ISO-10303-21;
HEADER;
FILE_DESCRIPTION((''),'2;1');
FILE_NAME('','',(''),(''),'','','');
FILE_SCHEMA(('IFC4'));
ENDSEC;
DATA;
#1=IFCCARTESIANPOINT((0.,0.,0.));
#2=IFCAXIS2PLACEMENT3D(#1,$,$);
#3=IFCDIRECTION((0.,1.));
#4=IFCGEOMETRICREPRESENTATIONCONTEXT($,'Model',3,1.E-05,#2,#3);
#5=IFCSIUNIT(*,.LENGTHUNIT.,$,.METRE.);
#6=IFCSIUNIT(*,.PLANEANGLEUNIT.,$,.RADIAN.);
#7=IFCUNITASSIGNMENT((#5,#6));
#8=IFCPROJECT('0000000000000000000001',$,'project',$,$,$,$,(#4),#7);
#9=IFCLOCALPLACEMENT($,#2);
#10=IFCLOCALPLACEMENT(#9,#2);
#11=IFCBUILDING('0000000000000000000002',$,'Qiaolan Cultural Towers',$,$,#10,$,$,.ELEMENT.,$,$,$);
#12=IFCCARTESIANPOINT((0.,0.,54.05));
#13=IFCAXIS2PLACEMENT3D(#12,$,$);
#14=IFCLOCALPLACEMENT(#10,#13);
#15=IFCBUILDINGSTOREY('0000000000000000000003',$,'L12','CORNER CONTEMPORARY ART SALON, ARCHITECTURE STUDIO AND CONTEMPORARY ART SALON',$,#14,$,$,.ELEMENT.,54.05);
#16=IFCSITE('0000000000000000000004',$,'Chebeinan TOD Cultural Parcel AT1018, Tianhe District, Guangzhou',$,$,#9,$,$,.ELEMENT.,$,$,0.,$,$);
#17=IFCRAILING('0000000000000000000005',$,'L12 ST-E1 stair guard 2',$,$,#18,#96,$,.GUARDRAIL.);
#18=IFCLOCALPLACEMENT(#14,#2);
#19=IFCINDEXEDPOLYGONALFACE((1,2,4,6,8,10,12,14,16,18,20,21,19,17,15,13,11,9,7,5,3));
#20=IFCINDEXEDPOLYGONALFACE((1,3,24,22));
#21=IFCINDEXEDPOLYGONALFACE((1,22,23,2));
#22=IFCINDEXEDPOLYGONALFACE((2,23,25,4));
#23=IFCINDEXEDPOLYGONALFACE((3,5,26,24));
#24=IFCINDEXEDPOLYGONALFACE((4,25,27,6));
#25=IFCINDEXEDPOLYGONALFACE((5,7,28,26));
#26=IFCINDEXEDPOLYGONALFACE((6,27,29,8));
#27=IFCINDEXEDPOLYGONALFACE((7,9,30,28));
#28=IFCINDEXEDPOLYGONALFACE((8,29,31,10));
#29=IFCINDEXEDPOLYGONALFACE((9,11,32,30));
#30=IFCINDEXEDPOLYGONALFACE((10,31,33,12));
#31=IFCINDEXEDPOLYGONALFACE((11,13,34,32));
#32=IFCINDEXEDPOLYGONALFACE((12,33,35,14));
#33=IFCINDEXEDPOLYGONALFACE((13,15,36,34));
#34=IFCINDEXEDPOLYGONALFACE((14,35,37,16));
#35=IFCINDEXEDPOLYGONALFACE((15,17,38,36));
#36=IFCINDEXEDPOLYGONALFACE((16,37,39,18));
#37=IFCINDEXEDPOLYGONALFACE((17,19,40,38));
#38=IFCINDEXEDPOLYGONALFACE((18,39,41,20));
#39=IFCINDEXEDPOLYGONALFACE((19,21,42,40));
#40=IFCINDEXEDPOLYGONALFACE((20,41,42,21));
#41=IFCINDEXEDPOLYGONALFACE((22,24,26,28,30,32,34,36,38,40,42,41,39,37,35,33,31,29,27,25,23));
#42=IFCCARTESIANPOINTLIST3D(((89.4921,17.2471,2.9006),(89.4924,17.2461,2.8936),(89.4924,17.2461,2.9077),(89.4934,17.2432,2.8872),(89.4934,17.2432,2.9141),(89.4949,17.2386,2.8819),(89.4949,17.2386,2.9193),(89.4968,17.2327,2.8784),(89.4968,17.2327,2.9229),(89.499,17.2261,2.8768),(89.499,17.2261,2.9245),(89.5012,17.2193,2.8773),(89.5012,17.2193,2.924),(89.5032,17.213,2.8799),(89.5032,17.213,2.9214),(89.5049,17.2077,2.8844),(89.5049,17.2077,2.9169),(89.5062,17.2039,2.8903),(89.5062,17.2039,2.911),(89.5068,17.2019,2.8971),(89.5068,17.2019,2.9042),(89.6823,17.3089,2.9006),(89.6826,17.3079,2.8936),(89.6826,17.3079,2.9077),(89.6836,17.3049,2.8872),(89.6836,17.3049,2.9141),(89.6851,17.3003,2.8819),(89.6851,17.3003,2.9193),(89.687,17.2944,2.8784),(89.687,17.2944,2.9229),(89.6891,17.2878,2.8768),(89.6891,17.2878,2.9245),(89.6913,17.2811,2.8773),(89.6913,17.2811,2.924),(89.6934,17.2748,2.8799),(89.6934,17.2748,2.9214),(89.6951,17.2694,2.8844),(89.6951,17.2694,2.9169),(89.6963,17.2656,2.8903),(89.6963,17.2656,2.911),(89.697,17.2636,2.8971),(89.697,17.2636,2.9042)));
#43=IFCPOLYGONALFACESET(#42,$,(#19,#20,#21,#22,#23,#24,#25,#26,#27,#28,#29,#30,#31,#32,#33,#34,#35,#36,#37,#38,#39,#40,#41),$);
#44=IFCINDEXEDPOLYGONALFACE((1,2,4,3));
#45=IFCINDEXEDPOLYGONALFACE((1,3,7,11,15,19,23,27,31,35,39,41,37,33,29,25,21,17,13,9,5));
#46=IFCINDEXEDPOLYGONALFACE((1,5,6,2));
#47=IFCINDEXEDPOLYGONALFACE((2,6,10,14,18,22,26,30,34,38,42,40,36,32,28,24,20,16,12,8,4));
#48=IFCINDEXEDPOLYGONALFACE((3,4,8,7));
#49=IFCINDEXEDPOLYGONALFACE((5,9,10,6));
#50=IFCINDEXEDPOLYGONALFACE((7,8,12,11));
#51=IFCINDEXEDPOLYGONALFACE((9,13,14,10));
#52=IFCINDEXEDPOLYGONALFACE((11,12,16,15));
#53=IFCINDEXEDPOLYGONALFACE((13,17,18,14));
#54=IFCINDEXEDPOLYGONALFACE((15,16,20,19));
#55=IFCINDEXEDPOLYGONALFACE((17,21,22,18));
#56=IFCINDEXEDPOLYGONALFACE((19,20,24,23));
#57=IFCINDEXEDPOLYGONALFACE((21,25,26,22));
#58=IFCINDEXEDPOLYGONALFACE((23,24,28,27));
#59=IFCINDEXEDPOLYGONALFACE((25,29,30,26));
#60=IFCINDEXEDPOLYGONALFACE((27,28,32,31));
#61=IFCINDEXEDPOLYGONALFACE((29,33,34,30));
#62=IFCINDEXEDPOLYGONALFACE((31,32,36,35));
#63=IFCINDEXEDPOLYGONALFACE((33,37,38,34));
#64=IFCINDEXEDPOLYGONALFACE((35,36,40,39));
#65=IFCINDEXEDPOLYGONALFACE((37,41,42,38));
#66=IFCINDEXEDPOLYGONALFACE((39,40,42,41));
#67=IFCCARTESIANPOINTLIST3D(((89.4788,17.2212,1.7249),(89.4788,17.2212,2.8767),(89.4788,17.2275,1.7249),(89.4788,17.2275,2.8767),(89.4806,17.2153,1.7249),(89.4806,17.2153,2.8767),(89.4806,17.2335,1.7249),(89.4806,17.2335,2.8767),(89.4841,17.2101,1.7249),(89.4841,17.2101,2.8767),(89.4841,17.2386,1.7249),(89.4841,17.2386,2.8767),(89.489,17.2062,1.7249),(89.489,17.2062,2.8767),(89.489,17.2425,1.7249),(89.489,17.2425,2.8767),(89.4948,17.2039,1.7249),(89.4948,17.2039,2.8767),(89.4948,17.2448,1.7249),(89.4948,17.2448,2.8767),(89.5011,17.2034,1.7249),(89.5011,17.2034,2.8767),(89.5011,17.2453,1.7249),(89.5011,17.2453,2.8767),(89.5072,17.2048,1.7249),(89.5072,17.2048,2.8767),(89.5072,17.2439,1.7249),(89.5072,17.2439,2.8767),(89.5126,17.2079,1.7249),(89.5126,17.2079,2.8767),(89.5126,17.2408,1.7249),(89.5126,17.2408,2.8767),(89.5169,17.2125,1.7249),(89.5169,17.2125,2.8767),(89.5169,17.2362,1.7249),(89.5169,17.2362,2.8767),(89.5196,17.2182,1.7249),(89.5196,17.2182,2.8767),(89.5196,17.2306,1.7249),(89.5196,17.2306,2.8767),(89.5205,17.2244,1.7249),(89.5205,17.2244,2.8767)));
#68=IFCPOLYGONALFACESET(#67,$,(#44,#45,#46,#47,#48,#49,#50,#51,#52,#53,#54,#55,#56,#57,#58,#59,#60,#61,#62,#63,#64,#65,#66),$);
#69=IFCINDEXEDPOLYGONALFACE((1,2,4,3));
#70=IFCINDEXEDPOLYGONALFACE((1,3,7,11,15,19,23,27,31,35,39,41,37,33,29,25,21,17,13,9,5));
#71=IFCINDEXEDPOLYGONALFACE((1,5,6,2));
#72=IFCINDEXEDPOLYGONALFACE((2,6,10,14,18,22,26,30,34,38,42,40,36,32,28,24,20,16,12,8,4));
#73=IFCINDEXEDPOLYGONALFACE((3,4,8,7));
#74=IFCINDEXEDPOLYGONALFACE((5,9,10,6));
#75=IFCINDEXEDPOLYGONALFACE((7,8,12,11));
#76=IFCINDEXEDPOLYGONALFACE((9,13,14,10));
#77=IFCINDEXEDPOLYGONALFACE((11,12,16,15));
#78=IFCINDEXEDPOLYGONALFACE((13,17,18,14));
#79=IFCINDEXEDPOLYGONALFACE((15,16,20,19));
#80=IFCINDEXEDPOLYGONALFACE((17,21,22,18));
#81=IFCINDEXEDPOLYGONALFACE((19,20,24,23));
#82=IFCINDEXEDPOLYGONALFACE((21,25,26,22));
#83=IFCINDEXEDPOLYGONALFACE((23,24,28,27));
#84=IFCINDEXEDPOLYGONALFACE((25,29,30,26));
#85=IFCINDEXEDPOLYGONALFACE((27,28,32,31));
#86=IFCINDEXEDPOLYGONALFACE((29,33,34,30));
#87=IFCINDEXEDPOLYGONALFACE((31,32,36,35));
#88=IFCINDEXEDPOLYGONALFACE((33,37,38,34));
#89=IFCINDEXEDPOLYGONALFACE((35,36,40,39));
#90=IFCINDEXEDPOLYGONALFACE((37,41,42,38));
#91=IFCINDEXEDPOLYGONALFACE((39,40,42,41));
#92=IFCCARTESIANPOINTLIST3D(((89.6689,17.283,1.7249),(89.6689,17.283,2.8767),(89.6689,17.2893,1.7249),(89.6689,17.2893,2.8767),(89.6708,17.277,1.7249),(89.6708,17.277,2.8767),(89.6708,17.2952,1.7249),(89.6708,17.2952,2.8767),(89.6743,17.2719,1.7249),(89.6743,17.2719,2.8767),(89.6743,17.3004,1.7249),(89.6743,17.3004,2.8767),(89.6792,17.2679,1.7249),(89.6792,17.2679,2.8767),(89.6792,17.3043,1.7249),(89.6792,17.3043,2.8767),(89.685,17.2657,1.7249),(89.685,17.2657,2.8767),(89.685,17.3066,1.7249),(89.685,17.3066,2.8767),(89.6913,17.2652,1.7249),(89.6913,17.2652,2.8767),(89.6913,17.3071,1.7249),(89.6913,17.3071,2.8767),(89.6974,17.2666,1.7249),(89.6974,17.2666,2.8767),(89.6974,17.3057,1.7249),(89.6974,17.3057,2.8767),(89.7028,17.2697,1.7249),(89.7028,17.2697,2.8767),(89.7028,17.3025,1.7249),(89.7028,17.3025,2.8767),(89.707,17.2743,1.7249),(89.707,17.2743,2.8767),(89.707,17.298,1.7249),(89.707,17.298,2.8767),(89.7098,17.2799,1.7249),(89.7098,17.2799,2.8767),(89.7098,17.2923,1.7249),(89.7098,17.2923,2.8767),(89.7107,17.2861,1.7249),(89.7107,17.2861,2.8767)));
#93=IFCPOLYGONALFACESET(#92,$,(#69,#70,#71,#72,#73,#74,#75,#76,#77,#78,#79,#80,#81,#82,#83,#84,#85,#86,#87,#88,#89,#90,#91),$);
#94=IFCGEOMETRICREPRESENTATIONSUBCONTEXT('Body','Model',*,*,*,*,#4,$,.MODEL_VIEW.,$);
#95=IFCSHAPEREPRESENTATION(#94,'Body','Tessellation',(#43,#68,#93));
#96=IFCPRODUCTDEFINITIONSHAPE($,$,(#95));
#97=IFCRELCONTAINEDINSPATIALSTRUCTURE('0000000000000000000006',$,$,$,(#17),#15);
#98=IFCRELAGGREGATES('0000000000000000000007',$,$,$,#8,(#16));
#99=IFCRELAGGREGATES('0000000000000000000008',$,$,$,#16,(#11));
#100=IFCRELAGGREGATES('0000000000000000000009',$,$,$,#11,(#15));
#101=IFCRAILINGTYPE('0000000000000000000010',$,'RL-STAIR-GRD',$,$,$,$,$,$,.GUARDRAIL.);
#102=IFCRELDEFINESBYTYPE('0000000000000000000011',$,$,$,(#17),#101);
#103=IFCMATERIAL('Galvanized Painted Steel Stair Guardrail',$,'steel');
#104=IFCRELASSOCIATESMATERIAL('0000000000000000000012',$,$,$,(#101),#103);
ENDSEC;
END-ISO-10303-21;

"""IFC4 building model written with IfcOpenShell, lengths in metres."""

from ifc_helpers import new_model, si_unit, direction, frame, origin, origin_2d, place, context, subcontext, project, spatial, circle, extrude, material, type_object, element, save


model = new_model("IFC4")

# Units and contexts
model_context = context("Model", 3, precision=1e-05, world=origin(), true_north=direction((0.0, 1.0)))
body_context = subcontext(model_context, "Body", "Model", "MODEL_VIEW")
ifc_project = project(units=[si_unit("LENGTHUNIT", "METRE"), si_unit("PLANEANGLEUNIT", "RADIAN")], contexts=[model_context])

# Site, building, storey
site_placement = place(None, origin())
site = spatial("IfcSite", under=ifc_project, at=site_placement, Name="Chebeinan TOD Cultural Parcel AT1018, Tianhe District, Guangzhou", CompositionType="ELEMENT", RefElevation=0.0)
building_placement = place(site_placement, origin())
building = spatial("IfcBuilding", under=site, at=building_placement, Name="Qiaolan Cultural Towers", CompositionType="ELEMENT")
storey_placement = place(building_placement, frame((0.0, 0.0, 54.05)))
storey = spatial("IfcBuildingStorey", under=building, at=storey_placement, Name="L12", Description="CORNER CONTEMPORARY ART SALON, ARCHITECTURE STUDIO AND CONTEMPORARY ART SALON", CompositionType="ELEMENT", Elevation=54.05)

# Railing
ifc_material_1 = material(Name="Galvanized Painted Steel Stair Guardrail", Category="steel")
railing_type_1 = type_object("IfcRailingType", Name="RL-STAIR-GRD", PredefinedType="GUARDRAIL", material=ifc_material_1)
railing_1_placement = place(storey_placement, frame((89.4995, 17.2244, 1.7249)))
element("IfcRailing", 1, at=railing_1_placement, inside=storey, type_object=railing_type_1, Name="L12 ST-E1 stair guard 2", PredefinedType="GUARDRAIL", context=body_context, shape_type="SweptSolid", body=[
    extrude(circle(Radius=0.0239, at=origin_2d()), frame((0.0, 0.0, 1.1758), z_axis=(0.951097, 0.308893, 0.0), x_axis=(-0.308893, 0.951097, 0.0)), (0.0, 0.0, 1.0), 0.2),
    extrude(circle(Radius=0.021, at=origin_2d()), origin(), (0.0, 0.0, 1.0), 1.1519),
    extrude(circle(Radius=0.021, at=origin_2d()), frame((0.1902, 0.0618, 0.0)), (0.0, 0.0, 1.0), 1.1519),
])

save(model, "model.ifc")
